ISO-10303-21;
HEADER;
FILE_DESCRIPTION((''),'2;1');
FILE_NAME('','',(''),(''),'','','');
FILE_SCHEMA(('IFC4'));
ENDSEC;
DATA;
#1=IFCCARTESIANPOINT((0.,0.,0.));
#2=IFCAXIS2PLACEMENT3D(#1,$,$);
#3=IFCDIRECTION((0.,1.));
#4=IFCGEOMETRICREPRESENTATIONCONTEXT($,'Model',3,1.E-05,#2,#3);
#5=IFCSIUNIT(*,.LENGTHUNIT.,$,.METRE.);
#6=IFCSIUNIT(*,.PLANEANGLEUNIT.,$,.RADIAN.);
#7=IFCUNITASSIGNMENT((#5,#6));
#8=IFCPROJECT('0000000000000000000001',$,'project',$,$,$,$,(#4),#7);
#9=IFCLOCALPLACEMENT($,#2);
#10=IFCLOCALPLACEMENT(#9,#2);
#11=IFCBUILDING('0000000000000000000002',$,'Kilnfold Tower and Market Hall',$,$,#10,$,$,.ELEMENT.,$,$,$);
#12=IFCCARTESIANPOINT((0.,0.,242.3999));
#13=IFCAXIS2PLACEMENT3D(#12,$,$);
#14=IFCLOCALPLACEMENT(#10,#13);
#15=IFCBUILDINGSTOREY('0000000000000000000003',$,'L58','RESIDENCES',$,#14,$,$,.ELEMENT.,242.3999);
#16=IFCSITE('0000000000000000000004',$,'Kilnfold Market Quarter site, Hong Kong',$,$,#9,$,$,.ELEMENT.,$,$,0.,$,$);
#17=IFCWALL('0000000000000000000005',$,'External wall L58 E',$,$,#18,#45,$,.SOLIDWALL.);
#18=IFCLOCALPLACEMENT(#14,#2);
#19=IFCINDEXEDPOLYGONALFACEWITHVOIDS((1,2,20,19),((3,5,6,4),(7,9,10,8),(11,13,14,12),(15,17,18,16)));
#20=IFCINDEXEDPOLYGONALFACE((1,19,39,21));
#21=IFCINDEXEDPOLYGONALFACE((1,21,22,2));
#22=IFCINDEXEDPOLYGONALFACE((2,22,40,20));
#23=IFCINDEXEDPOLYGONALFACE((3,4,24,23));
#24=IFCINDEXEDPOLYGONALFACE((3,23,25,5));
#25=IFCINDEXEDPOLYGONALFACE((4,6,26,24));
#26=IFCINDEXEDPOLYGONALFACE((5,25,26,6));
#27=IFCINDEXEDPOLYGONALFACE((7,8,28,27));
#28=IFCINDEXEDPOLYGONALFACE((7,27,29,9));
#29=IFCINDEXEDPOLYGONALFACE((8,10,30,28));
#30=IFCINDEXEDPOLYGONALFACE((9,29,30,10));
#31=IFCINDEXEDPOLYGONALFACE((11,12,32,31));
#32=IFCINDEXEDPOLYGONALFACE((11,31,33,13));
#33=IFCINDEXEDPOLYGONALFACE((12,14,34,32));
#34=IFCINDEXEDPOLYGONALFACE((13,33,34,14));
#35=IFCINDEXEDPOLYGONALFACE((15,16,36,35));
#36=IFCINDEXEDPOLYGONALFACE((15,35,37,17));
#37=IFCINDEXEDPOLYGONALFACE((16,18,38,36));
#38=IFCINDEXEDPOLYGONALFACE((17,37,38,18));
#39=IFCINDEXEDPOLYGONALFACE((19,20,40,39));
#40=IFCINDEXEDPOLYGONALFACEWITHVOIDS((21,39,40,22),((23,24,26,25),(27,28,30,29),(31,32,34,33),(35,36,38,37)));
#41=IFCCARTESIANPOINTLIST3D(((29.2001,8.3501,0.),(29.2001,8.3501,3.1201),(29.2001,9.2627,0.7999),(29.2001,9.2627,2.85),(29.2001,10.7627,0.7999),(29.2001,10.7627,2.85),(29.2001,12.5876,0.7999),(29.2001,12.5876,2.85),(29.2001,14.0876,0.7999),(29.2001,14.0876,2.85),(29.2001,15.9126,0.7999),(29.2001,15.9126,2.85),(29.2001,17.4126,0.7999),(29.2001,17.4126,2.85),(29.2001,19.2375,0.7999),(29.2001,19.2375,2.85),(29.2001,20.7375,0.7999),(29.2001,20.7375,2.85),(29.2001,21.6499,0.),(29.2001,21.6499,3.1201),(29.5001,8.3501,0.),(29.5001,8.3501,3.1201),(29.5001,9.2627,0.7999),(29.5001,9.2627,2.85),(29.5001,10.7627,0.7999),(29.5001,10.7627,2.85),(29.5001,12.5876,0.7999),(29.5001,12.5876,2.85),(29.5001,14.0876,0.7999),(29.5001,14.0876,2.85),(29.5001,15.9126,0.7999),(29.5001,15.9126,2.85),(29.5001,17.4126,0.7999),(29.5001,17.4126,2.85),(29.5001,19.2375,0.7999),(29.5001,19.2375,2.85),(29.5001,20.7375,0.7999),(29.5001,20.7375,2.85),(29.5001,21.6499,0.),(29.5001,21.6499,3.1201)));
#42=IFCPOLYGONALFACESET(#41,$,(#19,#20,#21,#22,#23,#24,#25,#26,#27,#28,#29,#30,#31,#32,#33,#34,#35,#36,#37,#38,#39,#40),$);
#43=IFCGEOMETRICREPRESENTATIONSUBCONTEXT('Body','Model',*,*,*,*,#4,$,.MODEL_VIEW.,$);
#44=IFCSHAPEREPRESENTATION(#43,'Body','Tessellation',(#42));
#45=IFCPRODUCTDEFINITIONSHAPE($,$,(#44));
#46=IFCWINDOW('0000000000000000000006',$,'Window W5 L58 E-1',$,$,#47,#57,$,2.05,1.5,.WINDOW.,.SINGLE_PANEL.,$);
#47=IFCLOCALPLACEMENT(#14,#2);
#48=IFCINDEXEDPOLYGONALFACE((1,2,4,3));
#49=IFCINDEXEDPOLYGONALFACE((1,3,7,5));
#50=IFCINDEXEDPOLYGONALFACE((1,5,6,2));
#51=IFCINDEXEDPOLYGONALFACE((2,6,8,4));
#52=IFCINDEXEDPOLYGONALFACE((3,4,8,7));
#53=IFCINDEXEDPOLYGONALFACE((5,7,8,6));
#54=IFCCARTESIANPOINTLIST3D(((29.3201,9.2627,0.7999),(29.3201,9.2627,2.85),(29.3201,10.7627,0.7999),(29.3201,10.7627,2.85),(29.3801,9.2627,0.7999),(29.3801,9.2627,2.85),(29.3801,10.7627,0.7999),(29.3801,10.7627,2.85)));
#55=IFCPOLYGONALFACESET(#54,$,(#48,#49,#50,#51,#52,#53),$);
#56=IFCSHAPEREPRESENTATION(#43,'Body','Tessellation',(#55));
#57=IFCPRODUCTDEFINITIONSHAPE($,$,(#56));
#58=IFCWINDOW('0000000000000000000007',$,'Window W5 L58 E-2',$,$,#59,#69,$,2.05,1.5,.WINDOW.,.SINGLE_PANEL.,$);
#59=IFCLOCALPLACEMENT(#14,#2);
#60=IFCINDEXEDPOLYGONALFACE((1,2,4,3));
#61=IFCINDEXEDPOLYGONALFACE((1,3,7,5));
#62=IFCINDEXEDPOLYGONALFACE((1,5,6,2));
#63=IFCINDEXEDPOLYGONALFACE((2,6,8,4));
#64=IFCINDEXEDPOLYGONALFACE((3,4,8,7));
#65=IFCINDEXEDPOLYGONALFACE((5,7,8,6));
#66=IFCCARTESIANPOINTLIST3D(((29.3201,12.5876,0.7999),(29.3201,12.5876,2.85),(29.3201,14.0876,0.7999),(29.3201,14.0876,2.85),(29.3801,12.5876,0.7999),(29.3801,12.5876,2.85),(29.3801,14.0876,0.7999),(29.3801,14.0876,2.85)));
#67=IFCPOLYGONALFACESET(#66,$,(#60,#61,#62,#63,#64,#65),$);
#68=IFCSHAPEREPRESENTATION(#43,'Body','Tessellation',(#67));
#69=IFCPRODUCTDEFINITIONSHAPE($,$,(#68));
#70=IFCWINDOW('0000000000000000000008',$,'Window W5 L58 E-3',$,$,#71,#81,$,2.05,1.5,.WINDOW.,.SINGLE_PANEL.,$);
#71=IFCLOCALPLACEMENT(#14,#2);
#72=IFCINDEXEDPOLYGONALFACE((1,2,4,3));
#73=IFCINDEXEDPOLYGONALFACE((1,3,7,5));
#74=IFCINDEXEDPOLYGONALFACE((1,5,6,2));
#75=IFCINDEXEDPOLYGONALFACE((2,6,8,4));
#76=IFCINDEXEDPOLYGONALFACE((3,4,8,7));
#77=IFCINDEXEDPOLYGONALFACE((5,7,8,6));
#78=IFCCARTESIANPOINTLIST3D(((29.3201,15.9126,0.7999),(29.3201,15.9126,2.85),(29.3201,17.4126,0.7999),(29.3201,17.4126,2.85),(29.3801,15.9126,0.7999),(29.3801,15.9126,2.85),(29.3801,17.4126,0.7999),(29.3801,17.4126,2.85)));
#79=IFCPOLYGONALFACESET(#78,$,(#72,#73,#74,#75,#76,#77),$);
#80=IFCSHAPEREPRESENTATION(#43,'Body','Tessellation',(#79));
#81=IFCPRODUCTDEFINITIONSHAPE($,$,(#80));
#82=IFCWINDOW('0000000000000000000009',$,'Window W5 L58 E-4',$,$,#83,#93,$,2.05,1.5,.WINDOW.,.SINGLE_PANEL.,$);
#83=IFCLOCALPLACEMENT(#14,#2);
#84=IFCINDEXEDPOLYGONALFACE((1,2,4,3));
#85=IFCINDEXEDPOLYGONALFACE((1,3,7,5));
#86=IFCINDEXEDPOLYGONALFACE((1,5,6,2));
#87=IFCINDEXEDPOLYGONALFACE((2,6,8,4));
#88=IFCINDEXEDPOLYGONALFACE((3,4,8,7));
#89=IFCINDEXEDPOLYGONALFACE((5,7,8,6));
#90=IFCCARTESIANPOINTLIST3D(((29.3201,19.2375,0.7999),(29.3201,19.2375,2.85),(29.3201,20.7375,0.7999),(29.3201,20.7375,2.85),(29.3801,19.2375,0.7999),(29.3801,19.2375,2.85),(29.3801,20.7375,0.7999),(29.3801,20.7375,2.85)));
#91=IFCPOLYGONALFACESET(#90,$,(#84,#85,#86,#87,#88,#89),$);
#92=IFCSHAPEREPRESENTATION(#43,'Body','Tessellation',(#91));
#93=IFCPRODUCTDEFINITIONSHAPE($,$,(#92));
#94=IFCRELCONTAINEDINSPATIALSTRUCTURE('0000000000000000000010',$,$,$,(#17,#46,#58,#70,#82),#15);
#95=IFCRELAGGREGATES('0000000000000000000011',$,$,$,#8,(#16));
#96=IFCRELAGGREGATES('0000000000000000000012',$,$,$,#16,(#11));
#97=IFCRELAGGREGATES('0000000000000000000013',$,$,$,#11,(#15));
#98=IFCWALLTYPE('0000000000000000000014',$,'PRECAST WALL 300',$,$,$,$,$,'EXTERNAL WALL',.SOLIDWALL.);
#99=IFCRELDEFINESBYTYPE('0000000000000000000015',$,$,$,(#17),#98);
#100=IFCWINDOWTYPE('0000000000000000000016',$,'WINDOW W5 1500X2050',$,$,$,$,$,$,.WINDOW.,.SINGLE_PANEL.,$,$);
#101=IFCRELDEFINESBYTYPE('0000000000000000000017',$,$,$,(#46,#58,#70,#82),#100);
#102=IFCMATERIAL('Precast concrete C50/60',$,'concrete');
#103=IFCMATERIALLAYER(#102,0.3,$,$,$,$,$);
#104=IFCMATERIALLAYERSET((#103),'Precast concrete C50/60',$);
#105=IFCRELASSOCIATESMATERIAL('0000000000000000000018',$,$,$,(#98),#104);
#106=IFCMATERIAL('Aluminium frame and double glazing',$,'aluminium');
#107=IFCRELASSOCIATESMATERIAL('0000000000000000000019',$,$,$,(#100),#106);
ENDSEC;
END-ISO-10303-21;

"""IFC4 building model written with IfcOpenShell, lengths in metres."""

from ifc_helpers import new_model, si_unit, direction, frame, frame_2d, origin, place, context, subcontext, project, spatial, rectangle, extrude, source, transform, mapped, material, layer, layer_set, type_object, element, fill, save


model = new_model("IFC4")

# Units and contexts
model_context = context("Model", 3, precision=1e-05, world=origin(), true_north=direction((0.0, 1.0)))
body_context = subcontext(model_context, "Body", "Model", "MODEL_VIEW")
ifc_project = project(units=[si_unit("LENGTHUNIT", "METRE"), si_unit("PLANEANGLEUNIT", "RADIAN")], contexts=[model_context])

# Site, building, storey
site_placement = place(None, origin())
site = spatial("IfcSite", under=ifc_project, at=site_placement, Name="Kilnfold Market Quarter site, Hong Kong", CompositionType="ELEMENT", RefElevation=0.0)
building_placement = place(site_placement, origin())
building = spatial("IfcBuilding", under=site, at=building_placement, Name="Kilnfold Tower and Market Hall", CompositionType="ELEMENT")
storey_placement = place(building_placement, frame((0.0, 0.0, 242.3999)))
storey = spatial("IfcBuildingStorey", under=building, at=storey_placement, Name="L58", Description="RESIDENCES", CompositionType="ELEMENT", Elevation=242.3999)

# Wall, openings, windows
ifc_material_1 = material(Name="Precast concrete C50/60", Category="concrete")
ifc_layer_1 = layer(ifc_material_1, 0.3)
ifc_layer_set_1 = layer_set([ifc_layer_1], Name="Precast concrete C50/60")
wall_type_1 = type_object("IfcWallType", Name="PRECAST WALL 300", ElementType="EXTERNAL WALL", PredefinedType="SOLIDWALL", material=ifc_layer_set_1)
shared_shape_1 = source(origin(), body_context, "Body", "SweptSolid", [
    extrude(rectangle(XDim=13.2998, YDim=0.3, at=frame_2d((6.6499, 0.0))), origin(), (0.0, 0.0, 1.0), 3.1201),
])
wall_1_placement = place(storey_placement, frame((29.3501, 8.3501, 0.0), z_axis=(0.0, 0.0, 1.0), x_axis=(0.0, 1.0, 0.0)))
wall_1 = element("IfcWall", 1, at=wall_1_placement, inside=storey, type_object=wall_type_1, Name="External wall L58 E", PredefinedType="SOLIDWALL", context=body_context, shape_type="MappedRepresentation", body=[
    mapped(shared_shape_1, transform((0.0, 0.0, 0.0))),
])
opening_1_placement = place(wall_1_placement, frame((0.9126, 0.0, 0.8)))
opening_1 = element("IfcOpeningElement", 2, at=opening_1_placement, cuts=wall_1, PredefinedType="OPENING", context=body_context, shape_type="SweptSolid", body=[
    extrude(rectangle(XDim=1.5, YDim=2.05, at=frame_2d((0.75, 1.0249))), frame((0.0, 0.1602, 0.0), z_axis=(0.0, -1.0, 0.0), x_axis=(1.0, 0.0, 0.0)), (0.0, 0.0, 1.0), 0.3201),
])
opening_2_placement = place(wall_1_placement, frame((4.2375, 0.0, 0.8)))
opening_2 = element("IfcOpeningElement", 3, at=opening_2_placement, cuts=wall_1, PredefinedType="OPENING", context=body_context, shape_type="SweptSolid", body=[
    extrude(rectangle(XDim=1.5, YDim=2.05, at=frame_2d((0.75, 1.0249))), frame((0.0, 0.1602, 0.0), z_axis=(0.0, -1.0, 0.0), x_axis=(1.0, 0.0, 0.0)), (0.0, 0.0, 1.0), 0.3201),
])
opening_3_placement = place(wall_1_placement, frame((7.5625, 0.0, 0.8)))
opening_3 = element("IfcOpeningElement", 4, at=opening_3_placement, cuts=wall_1, PredefinedType="OPENING", context=body_context, shape_type="SweptSolid", body=[
    extrude(rectangle(XDim=1.5, YDim=2.05, at=frame_2d((0.75, 1.0249))), frame((0.0, 0.1602, 0.0), z_axis=(0.0, -1.0, 0.0), x_axis=(1.0, 0.0, 0.0)), (0.0, 0.0, 1.0), 0.3201),
])
opening_4_placement = place(wall_1_placement, frame((10.8875, 0.0, 0.8)))
opening_4 = element("IfcOpeningElement", 5, at=opening_4_placement, cuts=wall_1, PredefinedType="OPENING", context=body_context, shape_type="SweptSolid", body=[
    extrude(rectangle(XDim=1.5, YDim=2.05, at=frame_2d((0.75, 1.0249))), frame((0.0, 0.1602, 0.0), z_axis=(0.0, -1.0, 0.0), x_axis=(1.0, 0.0, 0.0)), (0.0, 0.0, 1.0), 0.3201),
])
ifc_material_2 = material(Name="Aluminium frame and double glazing", Category="aluminium")
window_type = type_object("IfcWindowType", Name="WINDOW W5 1500X2050", PartitioningType="SINGLE_PANEL", PredefinedType="WINDOW", material=ifc_material_2)
window_1_placement = place(opening_1_placement, origin())
window_1 = element("IfcWindow", 6, at=window_1_placement, inside=storey, type_object=window_type, Name="Window W5 L58 E-1", OverallHeight=2.05, OverallWidth=1.5, PartitioningType="SINGLE_PANEL", PredefinedType="WINDOW", context=body_context, shape_type="SweptSolid", body=[
    extrude(rectangle(XDim=1.5, YDim=2.05, at=frame_2d((0.75, 1.0249))), frame((0.0, 0.03, 0.0), z_axis=(0.0, -1.0, 0.0), x_axis=(1.0, 0.0, 0.0)), (0.0, 0.0, 1.0), 0.0601),
])
fill(opening_1, window_1)
window_2_placement = place(opening_2_placement, origin())
window_2 = element("IfcWindow", 7, at=window_2_placement, inside=storey, type_object=window_type, Name="Window W5 L58 E-2", OverallHeight=2.05, OverallWidth=1.5, PartitioningType="SINGLE_PANEL", PredefinedType="WINDOW", context=body_context, shape_type="SweptSolid", body=[
    extrude(rectangle(XDim=1.5, YDim=2.05, at=frame_2d((0.75, 1.0249))), frame((0.0, 0.03, 0.0), z_axis=(0.0, -1.0, 0.0), x_axis=(1.0, 0.0, 0.0)), (0.0, 0.0, 1.0), 0.0601),
])
fill(opening_2, window_2)
window_3_placement = place(opening_3_placement, origin())
window_3 = element("IfcWindow", 8, at=window_3_placement, inside=storey, type_object=window_type, Name="Window W5 L58 E-3", OverallHeight=2.05, OverallWidth=1.5, PartitioningType="SINGLE_PANEL", PredefinedType="WINDOW", context=body_context, shape_type="SweptSolid", body=[
    extrude(rectangle(XDim=1.5, YDim=2.05, at=frame_2d((0.75, 1.0249))), frame((0.0, 0.03, 0.0), z_axis=(0.0, -1.0, 0.0), x_axis=(1.0, 0.0, 0.0)), (0.0, 0.0, 1.0), 0.0601),
])
fill(opening_3, window_3)
window_4_placement = place(opening_4_placement, origin())
window_4 = element("IfcWindow", 9, at=window_4_placement, inside=storey, type_object=window_type, Name="Window W5 L58 E-4", OverallHeight=2.05, OverallWidth=1.5, PartitioningType="SINGLE_PANEL", PredefinedType="WINDOW", context=body_context, shape_type="SweptSolid", body=[
    extrude(rectangle(XDim=1.5, YDim=2.05, at=frame_2d((0.75, 1.0249))), frame((0.0, 0.03, 0.0), z_axis=(0.0, -1.0, 0.0), x_axis=(1.0, 0.0, 0.0)), (0.0, 0.0, 1.0), 0.0601),
])
fill(opening_4, window_4)

save(model, "model.ifc")
